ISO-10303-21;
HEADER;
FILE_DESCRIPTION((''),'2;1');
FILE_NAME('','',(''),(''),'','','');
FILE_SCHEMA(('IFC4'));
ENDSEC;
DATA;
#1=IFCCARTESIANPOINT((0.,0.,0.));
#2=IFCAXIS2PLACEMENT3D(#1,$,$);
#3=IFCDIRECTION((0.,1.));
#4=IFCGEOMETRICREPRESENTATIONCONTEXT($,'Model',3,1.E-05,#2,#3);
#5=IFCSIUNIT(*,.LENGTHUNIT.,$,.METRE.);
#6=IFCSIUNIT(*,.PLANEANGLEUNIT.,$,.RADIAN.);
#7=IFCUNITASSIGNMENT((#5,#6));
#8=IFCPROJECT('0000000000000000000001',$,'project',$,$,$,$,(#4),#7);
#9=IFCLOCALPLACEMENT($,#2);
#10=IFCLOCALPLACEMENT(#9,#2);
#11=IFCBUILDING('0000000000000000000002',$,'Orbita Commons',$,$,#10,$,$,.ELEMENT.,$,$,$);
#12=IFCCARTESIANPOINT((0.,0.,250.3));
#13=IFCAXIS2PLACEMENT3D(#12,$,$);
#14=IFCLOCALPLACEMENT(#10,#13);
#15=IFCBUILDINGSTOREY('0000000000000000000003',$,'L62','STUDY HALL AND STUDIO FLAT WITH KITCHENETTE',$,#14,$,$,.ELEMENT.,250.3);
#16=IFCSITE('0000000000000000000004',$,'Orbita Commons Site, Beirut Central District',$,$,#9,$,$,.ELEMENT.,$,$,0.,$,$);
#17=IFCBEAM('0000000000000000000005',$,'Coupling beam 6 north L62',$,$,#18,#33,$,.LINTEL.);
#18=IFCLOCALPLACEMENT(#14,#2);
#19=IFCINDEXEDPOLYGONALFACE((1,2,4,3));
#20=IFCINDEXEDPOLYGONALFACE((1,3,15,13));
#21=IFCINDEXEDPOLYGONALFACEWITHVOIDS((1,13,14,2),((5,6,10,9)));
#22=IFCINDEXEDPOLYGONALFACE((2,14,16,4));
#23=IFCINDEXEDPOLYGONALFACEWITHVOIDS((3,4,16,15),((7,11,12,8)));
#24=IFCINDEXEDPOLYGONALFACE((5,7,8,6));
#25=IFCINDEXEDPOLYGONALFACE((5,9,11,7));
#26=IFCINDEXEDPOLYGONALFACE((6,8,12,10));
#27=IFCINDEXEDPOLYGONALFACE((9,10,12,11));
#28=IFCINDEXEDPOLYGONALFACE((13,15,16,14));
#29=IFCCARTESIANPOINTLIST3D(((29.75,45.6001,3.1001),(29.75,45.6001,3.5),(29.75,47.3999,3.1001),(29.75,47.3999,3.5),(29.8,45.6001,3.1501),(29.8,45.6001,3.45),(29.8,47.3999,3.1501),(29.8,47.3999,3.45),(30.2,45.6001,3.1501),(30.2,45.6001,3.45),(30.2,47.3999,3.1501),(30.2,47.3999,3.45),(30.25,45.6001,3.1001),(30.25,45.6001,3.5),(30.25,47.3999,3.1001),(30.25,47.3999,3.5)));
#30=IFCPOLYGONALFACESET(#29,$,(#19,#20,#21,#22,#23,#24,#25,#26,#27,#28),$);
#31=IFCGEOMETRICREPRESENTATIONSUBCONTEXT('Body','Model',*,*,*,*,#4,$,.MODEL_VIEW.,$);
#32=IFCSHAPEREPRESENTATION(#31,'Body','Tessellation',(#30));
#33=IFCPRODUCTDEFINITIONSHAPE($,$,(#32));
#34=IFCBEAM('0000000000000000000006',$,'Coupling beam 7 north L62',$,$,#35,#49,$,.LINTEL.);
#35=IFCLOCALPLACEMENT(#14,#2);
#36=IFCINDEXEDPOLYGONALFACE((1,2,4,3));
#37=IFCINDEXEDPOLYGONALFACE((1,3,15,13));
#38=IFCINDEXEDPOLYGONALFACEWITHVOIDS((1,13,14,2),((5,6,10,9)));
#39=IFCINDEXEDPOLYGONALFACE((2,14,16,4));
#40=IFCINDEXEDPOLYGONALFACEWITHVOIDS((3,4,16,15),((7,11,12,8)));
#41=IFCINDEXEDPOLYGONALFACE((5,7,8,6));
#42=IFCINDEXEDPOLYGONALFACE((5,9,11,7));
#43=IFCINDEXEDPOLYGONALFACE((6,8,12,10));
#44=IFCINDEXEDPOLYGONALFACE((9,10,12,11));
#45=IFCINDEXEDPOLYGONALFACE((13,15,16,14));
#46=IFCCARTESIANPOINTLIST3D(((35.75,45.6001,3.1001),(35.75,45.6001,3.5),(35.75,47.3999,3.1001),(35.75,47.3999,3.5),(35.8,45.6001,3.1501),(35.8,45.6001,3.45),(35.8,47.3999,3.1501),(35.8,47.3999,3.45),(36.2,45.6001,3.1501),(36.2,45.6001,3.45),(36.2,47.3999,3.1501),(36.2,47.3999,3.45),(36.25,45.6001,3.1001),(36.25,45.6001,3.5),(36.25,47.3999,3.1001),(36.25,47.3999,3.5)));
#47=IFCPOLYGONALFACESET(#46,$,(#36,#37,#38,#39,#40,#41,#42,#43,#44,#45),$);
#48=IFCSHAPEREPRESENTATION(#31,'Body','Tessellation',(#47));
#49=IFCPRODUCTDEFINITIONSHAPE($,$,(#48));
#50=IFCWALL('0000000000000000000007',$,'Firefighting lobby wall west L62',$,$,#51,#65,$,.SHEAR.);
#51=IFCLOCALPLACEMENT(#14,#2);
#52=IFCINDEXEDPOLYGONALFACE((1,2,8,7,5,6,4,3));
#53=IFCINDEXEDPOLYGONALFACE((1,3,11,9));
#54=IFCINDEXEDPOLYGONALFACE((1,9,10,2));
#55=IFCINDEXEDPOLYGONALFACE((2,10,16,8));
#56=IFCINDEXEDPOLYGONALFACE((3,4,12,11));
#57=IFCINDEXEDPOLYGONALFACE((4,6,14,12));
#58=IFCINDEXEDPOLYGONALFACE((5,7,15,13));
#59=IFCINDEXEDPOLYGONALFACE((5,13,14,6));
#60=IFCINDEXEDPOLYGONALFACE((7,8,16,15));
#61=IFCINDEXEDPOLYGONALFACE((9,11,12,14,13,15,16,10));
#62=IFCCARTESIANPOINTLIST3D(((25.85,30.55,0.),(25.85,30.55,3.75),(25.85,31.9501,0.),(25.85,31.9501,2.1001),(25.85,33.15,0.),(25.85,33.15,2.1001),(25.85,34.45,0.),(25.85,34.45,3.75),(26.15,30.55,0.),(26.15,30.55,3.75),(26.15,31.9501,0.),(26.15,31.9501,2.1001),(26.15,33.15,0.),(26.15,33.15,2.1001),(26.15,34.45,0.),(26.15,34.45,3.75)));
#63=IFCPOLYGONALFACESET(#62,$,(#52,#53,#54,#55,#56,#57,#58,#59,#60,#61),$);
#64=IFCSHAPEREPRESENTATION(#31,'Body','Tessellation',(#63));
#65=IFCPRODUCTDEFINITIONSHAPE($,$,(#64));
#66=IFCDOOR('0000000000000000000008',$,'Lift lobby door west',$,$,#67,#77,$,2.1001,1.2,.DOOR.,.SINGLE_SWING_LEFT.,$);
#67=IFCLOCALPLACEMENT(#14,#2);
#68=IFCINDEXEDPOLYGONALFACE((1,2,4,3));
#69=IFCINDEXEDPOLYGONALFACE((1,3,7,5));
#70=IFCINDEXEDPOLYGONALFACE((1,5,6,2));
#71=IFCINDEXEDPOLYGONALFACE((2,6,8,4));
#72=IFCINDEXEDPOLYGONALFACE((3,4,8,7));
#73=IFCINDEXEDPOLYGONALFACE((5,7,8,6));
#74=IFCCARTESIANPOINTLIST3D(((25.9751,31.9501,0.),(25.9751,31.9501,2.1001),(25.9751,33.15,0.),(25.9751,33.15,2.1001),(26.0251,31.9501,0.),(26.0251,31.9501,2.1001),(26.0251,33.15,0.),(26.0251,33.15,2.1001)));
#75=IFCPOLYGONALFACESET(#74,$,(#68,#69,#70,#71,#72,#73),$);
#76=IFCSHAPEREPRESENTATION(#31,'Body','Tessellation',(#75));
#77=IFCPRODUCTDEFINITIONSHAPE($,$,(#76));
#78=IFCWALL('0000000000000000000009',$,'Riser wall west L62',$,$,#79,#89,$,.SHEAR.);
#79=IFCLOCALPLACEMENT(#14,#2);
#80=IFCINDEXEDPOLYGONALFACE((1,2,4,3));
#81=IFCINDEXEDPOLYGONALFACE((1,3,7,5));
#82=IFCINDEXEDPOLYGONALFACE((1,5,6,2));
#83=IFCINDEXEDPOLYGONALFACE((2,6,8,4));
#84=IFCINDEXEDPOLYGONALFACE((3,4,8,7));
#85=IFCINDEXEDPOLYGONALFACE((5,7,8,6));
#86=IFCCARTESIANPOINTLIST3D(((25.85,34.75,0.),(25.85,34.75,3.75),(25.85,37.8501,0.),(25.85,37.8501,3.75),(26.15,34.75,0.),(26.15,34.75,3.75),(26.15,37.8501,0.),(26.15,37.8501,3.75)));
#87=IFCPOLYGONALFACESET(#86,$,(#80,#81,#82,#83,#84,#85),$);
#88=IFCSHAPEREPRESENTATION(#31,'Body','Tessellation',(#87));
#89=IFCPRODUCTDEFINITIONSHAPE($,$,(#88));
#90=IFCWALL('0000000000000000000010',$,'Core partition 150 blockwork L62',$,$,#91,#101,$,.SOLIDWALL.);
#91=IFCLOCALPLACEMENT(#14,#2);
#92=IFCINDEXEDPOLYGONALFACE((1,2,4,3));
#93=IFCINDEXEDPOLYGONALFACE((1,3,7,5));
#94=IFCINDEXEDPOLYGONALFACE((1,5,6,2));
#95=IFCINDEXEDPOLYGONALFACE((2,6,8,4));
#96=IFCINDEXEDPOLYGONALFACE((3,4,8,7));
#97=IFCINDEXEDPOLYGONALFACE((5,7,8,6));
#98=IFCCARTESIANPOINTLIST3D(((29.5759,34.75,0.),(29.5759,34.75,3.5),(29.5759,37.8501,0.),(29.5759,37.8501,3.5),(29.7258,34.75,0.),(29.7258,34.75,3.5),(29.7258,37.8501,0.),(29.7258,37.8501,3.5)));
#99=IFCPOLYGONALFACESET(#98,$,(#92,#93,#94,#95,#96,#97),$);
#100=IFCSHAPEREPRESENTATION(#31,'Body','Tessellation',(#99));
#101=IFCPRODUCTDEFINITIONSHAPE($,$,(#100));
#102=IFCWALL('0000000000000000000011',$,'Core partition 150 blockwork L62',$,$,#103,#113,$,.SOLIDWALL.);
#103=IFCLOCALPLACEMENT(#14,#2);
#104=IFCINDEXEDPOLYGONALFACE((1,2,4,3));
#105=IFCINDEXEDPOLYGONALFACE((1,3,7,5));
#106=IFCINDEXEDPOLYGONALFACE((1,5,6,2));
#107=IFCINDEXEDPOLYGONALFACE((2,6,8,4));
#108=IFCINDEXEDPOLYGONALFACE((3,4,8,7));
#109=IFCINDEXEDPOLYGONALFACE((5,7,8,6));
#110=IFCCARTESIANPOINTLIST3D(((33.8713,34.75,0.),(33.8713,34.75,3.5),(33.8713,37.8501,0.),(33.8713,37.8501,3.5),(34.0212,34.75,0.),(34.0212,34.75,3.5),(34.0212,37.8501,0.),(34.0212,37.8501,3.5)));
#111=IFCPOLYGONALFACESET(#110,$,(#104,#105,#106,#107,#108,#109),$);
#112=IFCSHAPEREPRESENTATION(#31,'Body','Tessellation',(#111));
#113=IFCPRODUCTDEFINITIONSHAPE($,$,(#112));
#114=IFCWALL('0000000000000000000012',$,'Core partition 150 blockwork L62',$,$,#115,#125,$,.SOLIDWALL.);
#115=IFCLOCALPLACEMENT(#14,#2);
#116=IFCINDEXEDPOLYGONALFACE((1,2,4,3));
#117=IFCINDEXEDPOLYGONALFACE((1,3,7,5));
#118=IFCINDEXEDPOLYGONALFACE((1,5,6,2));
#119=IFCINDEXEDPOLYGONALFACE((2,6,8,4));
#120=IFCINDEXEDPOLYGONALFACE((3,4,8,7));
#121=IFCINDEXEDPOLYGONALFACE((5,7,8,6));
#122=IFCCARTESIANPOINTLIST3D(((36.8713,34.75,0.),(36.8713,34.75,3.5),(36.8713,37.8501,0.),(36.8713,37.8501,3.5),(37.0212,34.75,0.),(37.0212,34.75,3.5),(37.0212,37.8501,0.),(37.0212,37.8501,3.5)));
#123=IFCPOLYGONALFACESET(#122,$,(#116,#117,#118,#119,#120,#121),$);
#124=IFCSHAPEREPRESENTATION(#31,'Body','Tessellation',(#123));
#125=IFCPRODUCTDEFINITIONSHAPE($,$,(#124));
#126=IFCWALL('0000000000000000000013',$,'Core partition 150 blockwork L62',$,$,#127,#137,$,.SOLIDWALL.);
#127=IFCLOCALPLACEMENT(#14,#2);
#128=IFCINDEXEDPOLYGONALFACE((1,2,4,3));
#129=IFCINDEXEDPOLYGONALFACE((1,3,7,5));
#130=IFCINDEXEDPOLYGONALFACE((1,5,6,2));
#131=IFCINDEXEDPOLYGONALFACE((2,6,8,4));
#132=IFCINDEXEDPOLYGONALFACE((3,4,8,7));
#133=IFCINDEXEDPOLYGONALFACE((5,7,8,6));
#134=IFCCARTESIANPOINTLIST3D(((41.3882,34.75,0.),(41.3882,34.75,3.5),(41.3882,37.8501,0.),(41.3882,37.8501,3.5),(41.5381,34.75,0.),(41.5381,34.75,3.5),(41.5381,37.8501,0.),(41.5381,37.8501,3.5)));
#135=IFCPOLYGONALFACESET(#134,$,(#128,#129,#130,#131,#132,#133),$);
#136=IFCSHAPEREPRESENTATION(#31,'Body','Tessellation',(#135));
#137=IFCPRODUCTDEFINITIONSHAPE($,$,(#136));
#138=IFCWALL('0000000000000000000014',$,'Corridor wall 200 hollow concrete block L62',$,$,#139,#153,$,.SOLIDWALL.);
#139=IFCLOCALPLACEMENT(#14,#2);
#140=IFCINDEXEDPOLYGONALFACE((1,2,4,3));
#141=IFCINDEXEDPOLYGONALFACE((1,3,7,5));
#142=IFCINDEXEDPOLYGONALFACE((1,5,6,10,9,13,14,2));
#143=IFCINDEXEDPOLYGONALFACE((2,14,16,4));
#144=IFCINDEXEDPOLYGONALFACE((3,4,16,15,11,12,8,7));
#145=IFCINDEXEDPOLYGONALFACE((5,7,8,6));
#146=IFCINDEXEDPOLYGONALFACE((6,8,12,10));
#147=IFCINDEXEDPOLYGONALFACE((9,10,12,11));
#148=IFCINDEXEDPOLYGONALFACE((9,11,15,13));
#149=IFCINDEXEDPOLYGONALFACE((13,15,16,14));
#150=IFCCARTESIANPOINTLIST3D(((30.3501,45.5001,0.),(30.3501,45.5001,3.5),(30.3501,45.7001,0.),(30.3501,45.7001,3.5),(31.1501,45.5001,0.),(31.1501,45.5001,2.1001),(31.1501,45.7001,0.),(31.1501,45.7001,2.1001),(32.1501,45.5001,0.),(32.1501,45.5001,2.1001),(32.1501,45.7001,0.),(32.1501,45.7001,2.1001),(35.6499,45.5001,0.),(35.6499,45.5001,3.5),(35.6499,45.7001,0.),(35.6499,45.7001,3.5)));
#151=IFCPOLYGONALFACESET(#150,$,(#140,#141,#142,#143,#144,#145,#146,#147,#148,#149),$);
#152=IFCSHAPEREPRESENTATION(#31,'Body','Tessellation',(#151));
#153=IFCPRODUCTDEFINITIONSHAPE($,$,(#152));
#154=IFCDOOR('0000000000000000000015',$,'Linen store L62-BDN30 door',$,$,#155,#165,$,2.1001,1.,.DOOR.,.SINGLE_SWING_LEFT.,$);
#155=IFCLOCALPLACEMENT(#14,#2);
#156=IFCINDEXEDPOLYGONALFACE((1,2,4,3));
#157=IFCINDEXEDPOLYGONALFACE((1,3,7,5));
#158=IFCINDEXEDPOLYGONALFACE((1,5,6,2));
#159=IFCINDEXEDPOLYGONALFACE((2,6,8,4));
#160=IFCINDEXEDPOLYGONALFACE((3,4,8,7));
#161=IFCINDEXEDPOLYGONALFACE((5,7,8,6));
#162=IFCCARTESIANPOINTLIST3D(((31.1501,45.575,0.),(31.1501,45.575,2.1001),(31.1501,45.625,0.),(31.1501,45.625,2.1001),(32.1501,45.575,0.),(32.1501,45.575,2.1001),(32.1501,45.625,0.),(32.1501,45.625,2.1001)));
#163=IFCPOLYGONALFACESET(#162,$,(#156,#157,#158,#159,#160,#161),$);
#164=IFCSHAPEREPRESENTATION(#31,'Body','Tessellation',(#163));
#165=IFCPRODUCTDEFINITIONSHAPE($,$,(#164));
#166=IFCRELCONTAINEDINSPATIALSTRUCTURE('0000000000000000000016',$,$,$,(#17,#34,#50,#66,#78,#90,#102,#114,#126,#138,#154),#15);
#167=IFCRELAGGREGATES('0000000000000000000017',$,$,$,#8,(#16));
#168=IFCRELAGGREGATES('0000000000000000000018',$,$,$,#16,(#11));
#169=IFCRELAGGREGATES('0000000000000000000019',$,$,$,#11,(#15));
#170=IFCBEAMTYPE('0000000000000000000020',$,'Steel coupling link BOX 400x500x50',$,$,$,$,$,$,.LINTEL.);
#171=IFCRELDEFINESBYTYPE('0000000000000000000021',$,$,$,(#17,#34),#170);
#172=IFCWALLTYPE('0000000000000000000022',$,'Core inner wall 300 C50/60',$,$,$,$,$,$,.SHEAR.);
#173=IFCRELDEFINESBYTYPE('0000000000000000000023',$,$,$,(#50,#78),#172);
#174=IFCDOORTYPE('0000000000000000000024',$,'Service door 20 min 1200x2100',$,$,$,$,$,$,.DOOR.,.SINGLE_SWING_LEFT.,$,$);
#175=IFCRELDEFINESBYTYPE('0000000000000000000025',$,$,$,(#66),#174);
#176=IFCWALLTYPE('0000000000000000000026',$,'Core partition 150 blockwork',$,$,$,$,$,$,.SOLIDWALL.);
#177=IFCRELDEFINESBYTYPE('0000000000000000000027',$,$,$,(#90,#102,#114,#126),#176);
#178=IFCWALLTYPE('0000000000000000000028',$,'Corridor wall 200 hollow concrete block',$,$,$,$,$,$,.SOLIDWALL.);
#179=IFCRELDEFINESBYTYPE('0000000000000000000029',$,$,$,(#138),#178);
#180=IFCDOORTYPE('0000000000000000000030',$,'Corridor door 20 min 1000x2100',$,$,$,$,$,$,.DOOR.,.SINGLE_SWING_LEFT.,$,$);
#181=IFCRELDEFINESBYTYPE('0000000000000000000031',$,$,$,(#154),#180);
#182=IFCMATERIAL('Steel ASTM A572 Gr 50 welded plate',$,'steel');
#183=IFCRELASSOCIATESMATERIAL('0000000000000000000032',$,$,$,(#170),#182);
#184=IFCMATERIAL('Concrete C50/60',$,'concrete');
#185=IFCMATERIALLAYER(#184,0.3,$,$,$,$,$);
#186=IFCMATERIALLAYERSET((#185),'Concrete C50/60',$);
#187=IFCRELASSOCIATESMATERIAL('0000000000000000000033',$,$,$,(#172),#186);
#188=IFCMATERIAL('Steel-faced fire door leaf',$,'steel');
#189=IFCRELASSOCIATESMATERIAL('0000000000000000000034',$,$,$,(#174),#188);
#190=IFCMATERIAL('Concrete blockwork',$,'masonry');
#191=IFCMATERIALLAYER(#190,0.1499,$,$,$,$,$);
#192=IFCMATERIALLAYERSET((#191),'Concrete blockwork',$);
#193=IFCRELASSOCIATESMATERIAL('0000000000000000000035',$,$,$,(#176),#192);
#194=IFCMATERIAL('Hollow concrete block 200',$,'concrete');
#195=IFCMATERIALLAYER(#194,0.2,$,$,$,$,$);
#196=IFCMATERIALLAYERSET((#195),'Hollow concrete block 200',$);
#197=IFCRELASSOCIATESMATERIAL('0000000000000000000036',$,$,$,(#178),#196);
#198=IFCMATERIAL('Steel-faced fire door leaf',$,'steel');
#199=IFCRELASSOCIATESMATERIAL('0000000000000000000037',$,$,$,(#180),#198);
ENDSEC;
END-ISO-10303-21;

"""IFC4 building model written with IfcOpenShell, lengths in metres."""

from ifc_helpers import new_model, si_unit, direction, frame, frame_2d, origin, origin_2d, place, context, subcontext, project, spatial, rectangle, hollow_rectangle, extrude, material, layer, layer_set, material_profile, profile_set, type_object, element, fill, save


model = new_model("IFC4")

# Units and contexts
model_context = context("Model", 3, precision=1e-05, world=origin(), true_north=direction((0.0, 1.0)))
body_context = subcontext(model_context, "Body", "Model", "MODEL_VIEW")
ifc_project = project(units=[si_unit("LENGTHUNIT", "METRE"), si_unit("PLANEANGLEUNIT", "RADIAN")], contexts=[model_context])

# Site, building, storey
site_placement = place(None, origin())
site = spatial("IfcSite", under=ifc_project, at=site_placement, Name="Orbita Commons Site, Beirut Central District", CompositionType="ELEMENT", RefElevation=0.0)
building_placement = place(site_placement, origin())
building = spatial("IfcBuilding", under=site, at=building_placement, Name="Orbita Commons", CompositionType="ELEMENT")
storey_placement = place(building_placement, frame((0.0, 0.0, 250.3)))
storey = spatial("IfcBuildingStorey", under=building, at=storey_placement, Name="L62", Description="STUDY HALL AND STUDIO FLAT WITH KITCHENETTE", CompositionType="ELEMENT", Elevation=250.3)

# Beams
ifc_material_1 = material(Name="Steel ASTM A572 Gr 50 welded plate", Category="steel")
ifc_material_profile = material_profile(ifc_material_1, hollow_rectangle(XDim=0.5, YDim=0.3999, WallThickness=0.05, at=origin_2d()), Name="BOX 400x500x50")
ifc_profile_set = profile_set([ifc_material_profile], Name="Steel ASTM A572 Gr 50 welded plate")
beam_type = type_object("IfcBeamType", Name="Steel coupling link BOX 400x500x50", PredefinedType="LINTEL", material=ifc_profile_set)
for number, where, z_axis, x_axis, name in (
    (1, (30.0, 45.6001, 3.3), (0.0, 1.0, 0.0), (-1.0, 0.0, 0.0), "Coupling beam 6 north L62"),
    (2, (36.0, 45.6001, 3.3), (0.0, 1.0, 0.0), (-1.0, 0.0, 0.0), "Coupling beam 7 north L62"),
):
    element("IfcBeam", number, at=place(storey_placement, frame(where, z_axis=z_axis, x_axis=x_axis)), inside=storey, type_object=beam_type, Name=name, PredefinedType="LINTEL", context=body_context, shape_type="SweptSolid", body=[
        extrude(hollow_rectangle(XDim=0.5, YDim=0.3999, WallThickness=0.05, at=origin_2d()), origin(), (0.0, 0.0, 1.0), 1.7998),
    ])

# Wall, opening, door
ifc_material_2 = material(Name="Concrete C50/60", Category="concrete")
ifc_layer_1 = layer(ifc_material_2, 0.3)
ifc_layer_set_1 = layer_set([ifc_layer_1], Name="Concrete C50/60")
wall_type_1 = type_object("IfcWallType", Name="Core inner wall 300 C50/60", PredefinedType="SHEAR", material=ifc_layer_set_1)
wall_1_placement = place(storey_placement, frame((26.0, 30.55, 0.0), z_axis=(0.0, 0.0, 1.0), x_axis=(0.0, 1.0, 0.0)))
wall_1 = element("IfcWall", 3, at=wall_1_placement, inside=storey, type_object=wall_type_1, Name="Firefighting lobby wall west L62", PredefinedType="SHEAR", context=body_context, shape_type="SweptSolid", body=[
    extrude(rectangle(XDim=3.8999, YDim=0.3, at=frame_2d((1.95, 0.0))), origin(), (0.0, 0.0, 1.0), 3.75),
])
opening_1_placement = place(wall_1_placement, frame((1.3999, 0.0, 0.0)))
opening_1 = element("IfcOpeningElement", 4, at=opening_1_placement, cuts=wall_1, PredefinedType="OPENING", context=body_context, shape_type="SweptSolid", body=[
    extrude(rectangle(XDim=1.2, YDim=2.1001, at=frame_2d((0.6001, 1.05))), frame((0.0, 0.1599, 0.0), z_axis=(0.0, -1.0, 0.0), x_axis=(1.0, 0.0, 0.0)), (0.0, 0.0, 1.0), 0.3201),
])
ifc_material_3 = material(Name="Steel-faced fire door leaf", Category="steel")
door_type_1 = type_object("IfcDoorType", Name="Service door 20 min 1200x2100", OperationType="SINGLE_SWING_LEFT", PredefinedType="DOOR", material=ifc_material_3)
door_1_placement = place(opening_1_placement, origin())
door_1 = element("IfcDoor", 5, at=door_1_placement, inside=storey, type_object=door_type_1, Name="Lift lobby door west", OperationType="SINGLE_SWING_LEFT", OverallHeight=2.1001, OverallWidth=1.2, PredefinedType="DOOR", context=body_context, shape_type="SweptSolid", body=[
    extrude(rectangle(XDim=1.2, YDim=2.1001, at=frame_2d((0.6001, 1.05))), frame((0.0, 0.0249, 0.0), z_axis=(0.0, -1.0, 0.0), x_axis=(1.0, 0.0, 0.0)), (0.0, 0.0, 1.0), 0.05),
])
fill(opening_1, door_1)

# Walls
wall_2_placement = place(storey_placement, frame((26.0, 34.75, 0.0), z_axis=(0.0, 0.0, 1.0), x_axis=(0.0, 1.0, 0.0)))
element("IfcWall", 6, at=wall_2_placement, inside=storey, type_object=wall_type_1, Name="Riser wall west L62", PredefinedType="SHEAR", context=body_context, shape_type="SweptSolid", body=[
    extrude(rectangle(XDim=3.1001, YDim=0.3, at=frame_2d((1.55, 0.0))), origin(), (0.0, 0.0, 1.0), 3.75),
])
ifc_material_4 = material(Name="Concrete blockwork", Category="masonry")
ifc_layer_2 = layer(ifc_material_4, 0.1499)
ifc_layer_set_2 = layer_set([ifc_layer_2], Name="Concrete blockwork")
wall_type_2 = type_object("IfcWallType", Name="Core partition 150 blockwork", PredefinedType="SOLIDWALL", material=ifc_layer_set_2)
for number, where, z_axis, x_axis, name in (
    (7, (29.6509, 34.75, 0.0), (0.0, 0.0, 1.0), (0.0, 1.0, 0.0), "Core partition 150 blockwork L62"),
    (8, (33.9463, 34.75, 0.0), (0.0, 0.0, 1.0), (0.0, 1.0, 0.0), "Core partition 150 blockwork L62"),
    (9, (36.9463, 34.75, 0.0), (0.0, 0.0, 1.0), (0.0, 1.0, 0.0), "Core partition 150 blockwork L62"),
    (10, (41.4631, 34.75, 0.0), (0.0, 0.0, 1.0), (0.0, 1.0, 0.0), "Core partition 150 blockwork L62"),
):
    element("IfcWall", number, at=place(storey_placement, frame(where, z_axis=z_axis, x_axis=x_axis)), inside=storey, type_object=wall_type_2, Name=name, PredefinedType="SOLIDWALL", context=body_context, shape_type="SweptSolid", body=[
        extrude(rectangle(XDim=3.1001, YDim=0.1499, at=frame_2d((1.55, 0.0))), origin(), (0.0, 0.0, 1.0), 3.5),
    ])

# Wall, opening, door
ifc_material_5 = material(Name="Hollow concrete block 200", Category="concrete")
ifc_layer_3 = layer(ifc_material_5, 0.2)
ifc_layer_set_3 = layer_set([ifc_layer_3], Name="Hollow concrete block 200")
wall_type_3 = type_object("IfcWallType", Name="Corridor wall 200 hollow concrete block", PredefinedType="SOLIDWALL", material=ifc_layer_set_3)
wall_3_placement = place(storey_placement, frame((30.3501, 45.6001, 0.0), z_axis=(0.0, 0.0, 1.0), x_axis=(1.0, 0.0, 0.0)))
wall_3 = element("IfcWall", 11, at=wall_3_placement, inside=storey, type_object=wall_type_3, Name="Corridor wall 200 hollow concrete block L62", PredefinedType="SOLIDWALL", context=body_context, shape_type="SweptSolid", body=[
    extrude(rectangle(XDim=5.2998, YDim=0.2, at=frame_2d((2.6499, 0.0))), origin(), (0.0, 0.0, 1.0), 3.5),
])
opening_2_placement = place(wall_3_placement, frame((0.8, 0.0, 0.0)))
opening_2 = element("IfcOpeningElement", 12, at=opening_2_placement, cuts=wall_3, PredefinedType="OPENING", context=body_context, shape_type="SweptSolid", body=[
    extrude(rectangle(XDim=1.0, YDim=2.1001, at=frame_2d((0.5, 1.05))), frame((0.0, 0.1099, 0.0), z_axis=(0.0, -1.0, 0.0), x_axis=(1.0, 0.0, 0.0)), (0.0, 0.0, 1.0), 0.22),
])
ifc_material_6 = material(Name="Steel-faced fire door leaf", Category="steel")
door_type_2 = type_object("IfcDoorType", Name="Corridor door 20 min 1000x2100", OperationType="SINGLE_SWING_LEFT", PredefinedType="DOOR", material=ifc_material_6)
door_2_placement = place(opening_2_placement, origin())
door_2 = element("IfcDoor", 13, at=door_2_placement, inside=storey, type_object=door_type_2, Name="Linen store L62-BDN30 door", OperationType="SINGLE_SWING_LEFT", OverallHeight=2.1001, OverallWidth=1.0, PredefinedType="DOOR", context=body_context, shape_type="SweptSolid", body=[
    extrude(rectangle(XDim=1.0, YDim=2.1001, at=frame_2d((0.5, 1.05))), frame((0.0, 0.0249, 0.0), z_axis=(0.0, -1.0, 0.0), x_axis=(1.0, 0.0, 0.0)), (0.0, 0.0, 1.0), 0.05),
])
fill(opening_2, door_2)

save(model, "model.ifc")
